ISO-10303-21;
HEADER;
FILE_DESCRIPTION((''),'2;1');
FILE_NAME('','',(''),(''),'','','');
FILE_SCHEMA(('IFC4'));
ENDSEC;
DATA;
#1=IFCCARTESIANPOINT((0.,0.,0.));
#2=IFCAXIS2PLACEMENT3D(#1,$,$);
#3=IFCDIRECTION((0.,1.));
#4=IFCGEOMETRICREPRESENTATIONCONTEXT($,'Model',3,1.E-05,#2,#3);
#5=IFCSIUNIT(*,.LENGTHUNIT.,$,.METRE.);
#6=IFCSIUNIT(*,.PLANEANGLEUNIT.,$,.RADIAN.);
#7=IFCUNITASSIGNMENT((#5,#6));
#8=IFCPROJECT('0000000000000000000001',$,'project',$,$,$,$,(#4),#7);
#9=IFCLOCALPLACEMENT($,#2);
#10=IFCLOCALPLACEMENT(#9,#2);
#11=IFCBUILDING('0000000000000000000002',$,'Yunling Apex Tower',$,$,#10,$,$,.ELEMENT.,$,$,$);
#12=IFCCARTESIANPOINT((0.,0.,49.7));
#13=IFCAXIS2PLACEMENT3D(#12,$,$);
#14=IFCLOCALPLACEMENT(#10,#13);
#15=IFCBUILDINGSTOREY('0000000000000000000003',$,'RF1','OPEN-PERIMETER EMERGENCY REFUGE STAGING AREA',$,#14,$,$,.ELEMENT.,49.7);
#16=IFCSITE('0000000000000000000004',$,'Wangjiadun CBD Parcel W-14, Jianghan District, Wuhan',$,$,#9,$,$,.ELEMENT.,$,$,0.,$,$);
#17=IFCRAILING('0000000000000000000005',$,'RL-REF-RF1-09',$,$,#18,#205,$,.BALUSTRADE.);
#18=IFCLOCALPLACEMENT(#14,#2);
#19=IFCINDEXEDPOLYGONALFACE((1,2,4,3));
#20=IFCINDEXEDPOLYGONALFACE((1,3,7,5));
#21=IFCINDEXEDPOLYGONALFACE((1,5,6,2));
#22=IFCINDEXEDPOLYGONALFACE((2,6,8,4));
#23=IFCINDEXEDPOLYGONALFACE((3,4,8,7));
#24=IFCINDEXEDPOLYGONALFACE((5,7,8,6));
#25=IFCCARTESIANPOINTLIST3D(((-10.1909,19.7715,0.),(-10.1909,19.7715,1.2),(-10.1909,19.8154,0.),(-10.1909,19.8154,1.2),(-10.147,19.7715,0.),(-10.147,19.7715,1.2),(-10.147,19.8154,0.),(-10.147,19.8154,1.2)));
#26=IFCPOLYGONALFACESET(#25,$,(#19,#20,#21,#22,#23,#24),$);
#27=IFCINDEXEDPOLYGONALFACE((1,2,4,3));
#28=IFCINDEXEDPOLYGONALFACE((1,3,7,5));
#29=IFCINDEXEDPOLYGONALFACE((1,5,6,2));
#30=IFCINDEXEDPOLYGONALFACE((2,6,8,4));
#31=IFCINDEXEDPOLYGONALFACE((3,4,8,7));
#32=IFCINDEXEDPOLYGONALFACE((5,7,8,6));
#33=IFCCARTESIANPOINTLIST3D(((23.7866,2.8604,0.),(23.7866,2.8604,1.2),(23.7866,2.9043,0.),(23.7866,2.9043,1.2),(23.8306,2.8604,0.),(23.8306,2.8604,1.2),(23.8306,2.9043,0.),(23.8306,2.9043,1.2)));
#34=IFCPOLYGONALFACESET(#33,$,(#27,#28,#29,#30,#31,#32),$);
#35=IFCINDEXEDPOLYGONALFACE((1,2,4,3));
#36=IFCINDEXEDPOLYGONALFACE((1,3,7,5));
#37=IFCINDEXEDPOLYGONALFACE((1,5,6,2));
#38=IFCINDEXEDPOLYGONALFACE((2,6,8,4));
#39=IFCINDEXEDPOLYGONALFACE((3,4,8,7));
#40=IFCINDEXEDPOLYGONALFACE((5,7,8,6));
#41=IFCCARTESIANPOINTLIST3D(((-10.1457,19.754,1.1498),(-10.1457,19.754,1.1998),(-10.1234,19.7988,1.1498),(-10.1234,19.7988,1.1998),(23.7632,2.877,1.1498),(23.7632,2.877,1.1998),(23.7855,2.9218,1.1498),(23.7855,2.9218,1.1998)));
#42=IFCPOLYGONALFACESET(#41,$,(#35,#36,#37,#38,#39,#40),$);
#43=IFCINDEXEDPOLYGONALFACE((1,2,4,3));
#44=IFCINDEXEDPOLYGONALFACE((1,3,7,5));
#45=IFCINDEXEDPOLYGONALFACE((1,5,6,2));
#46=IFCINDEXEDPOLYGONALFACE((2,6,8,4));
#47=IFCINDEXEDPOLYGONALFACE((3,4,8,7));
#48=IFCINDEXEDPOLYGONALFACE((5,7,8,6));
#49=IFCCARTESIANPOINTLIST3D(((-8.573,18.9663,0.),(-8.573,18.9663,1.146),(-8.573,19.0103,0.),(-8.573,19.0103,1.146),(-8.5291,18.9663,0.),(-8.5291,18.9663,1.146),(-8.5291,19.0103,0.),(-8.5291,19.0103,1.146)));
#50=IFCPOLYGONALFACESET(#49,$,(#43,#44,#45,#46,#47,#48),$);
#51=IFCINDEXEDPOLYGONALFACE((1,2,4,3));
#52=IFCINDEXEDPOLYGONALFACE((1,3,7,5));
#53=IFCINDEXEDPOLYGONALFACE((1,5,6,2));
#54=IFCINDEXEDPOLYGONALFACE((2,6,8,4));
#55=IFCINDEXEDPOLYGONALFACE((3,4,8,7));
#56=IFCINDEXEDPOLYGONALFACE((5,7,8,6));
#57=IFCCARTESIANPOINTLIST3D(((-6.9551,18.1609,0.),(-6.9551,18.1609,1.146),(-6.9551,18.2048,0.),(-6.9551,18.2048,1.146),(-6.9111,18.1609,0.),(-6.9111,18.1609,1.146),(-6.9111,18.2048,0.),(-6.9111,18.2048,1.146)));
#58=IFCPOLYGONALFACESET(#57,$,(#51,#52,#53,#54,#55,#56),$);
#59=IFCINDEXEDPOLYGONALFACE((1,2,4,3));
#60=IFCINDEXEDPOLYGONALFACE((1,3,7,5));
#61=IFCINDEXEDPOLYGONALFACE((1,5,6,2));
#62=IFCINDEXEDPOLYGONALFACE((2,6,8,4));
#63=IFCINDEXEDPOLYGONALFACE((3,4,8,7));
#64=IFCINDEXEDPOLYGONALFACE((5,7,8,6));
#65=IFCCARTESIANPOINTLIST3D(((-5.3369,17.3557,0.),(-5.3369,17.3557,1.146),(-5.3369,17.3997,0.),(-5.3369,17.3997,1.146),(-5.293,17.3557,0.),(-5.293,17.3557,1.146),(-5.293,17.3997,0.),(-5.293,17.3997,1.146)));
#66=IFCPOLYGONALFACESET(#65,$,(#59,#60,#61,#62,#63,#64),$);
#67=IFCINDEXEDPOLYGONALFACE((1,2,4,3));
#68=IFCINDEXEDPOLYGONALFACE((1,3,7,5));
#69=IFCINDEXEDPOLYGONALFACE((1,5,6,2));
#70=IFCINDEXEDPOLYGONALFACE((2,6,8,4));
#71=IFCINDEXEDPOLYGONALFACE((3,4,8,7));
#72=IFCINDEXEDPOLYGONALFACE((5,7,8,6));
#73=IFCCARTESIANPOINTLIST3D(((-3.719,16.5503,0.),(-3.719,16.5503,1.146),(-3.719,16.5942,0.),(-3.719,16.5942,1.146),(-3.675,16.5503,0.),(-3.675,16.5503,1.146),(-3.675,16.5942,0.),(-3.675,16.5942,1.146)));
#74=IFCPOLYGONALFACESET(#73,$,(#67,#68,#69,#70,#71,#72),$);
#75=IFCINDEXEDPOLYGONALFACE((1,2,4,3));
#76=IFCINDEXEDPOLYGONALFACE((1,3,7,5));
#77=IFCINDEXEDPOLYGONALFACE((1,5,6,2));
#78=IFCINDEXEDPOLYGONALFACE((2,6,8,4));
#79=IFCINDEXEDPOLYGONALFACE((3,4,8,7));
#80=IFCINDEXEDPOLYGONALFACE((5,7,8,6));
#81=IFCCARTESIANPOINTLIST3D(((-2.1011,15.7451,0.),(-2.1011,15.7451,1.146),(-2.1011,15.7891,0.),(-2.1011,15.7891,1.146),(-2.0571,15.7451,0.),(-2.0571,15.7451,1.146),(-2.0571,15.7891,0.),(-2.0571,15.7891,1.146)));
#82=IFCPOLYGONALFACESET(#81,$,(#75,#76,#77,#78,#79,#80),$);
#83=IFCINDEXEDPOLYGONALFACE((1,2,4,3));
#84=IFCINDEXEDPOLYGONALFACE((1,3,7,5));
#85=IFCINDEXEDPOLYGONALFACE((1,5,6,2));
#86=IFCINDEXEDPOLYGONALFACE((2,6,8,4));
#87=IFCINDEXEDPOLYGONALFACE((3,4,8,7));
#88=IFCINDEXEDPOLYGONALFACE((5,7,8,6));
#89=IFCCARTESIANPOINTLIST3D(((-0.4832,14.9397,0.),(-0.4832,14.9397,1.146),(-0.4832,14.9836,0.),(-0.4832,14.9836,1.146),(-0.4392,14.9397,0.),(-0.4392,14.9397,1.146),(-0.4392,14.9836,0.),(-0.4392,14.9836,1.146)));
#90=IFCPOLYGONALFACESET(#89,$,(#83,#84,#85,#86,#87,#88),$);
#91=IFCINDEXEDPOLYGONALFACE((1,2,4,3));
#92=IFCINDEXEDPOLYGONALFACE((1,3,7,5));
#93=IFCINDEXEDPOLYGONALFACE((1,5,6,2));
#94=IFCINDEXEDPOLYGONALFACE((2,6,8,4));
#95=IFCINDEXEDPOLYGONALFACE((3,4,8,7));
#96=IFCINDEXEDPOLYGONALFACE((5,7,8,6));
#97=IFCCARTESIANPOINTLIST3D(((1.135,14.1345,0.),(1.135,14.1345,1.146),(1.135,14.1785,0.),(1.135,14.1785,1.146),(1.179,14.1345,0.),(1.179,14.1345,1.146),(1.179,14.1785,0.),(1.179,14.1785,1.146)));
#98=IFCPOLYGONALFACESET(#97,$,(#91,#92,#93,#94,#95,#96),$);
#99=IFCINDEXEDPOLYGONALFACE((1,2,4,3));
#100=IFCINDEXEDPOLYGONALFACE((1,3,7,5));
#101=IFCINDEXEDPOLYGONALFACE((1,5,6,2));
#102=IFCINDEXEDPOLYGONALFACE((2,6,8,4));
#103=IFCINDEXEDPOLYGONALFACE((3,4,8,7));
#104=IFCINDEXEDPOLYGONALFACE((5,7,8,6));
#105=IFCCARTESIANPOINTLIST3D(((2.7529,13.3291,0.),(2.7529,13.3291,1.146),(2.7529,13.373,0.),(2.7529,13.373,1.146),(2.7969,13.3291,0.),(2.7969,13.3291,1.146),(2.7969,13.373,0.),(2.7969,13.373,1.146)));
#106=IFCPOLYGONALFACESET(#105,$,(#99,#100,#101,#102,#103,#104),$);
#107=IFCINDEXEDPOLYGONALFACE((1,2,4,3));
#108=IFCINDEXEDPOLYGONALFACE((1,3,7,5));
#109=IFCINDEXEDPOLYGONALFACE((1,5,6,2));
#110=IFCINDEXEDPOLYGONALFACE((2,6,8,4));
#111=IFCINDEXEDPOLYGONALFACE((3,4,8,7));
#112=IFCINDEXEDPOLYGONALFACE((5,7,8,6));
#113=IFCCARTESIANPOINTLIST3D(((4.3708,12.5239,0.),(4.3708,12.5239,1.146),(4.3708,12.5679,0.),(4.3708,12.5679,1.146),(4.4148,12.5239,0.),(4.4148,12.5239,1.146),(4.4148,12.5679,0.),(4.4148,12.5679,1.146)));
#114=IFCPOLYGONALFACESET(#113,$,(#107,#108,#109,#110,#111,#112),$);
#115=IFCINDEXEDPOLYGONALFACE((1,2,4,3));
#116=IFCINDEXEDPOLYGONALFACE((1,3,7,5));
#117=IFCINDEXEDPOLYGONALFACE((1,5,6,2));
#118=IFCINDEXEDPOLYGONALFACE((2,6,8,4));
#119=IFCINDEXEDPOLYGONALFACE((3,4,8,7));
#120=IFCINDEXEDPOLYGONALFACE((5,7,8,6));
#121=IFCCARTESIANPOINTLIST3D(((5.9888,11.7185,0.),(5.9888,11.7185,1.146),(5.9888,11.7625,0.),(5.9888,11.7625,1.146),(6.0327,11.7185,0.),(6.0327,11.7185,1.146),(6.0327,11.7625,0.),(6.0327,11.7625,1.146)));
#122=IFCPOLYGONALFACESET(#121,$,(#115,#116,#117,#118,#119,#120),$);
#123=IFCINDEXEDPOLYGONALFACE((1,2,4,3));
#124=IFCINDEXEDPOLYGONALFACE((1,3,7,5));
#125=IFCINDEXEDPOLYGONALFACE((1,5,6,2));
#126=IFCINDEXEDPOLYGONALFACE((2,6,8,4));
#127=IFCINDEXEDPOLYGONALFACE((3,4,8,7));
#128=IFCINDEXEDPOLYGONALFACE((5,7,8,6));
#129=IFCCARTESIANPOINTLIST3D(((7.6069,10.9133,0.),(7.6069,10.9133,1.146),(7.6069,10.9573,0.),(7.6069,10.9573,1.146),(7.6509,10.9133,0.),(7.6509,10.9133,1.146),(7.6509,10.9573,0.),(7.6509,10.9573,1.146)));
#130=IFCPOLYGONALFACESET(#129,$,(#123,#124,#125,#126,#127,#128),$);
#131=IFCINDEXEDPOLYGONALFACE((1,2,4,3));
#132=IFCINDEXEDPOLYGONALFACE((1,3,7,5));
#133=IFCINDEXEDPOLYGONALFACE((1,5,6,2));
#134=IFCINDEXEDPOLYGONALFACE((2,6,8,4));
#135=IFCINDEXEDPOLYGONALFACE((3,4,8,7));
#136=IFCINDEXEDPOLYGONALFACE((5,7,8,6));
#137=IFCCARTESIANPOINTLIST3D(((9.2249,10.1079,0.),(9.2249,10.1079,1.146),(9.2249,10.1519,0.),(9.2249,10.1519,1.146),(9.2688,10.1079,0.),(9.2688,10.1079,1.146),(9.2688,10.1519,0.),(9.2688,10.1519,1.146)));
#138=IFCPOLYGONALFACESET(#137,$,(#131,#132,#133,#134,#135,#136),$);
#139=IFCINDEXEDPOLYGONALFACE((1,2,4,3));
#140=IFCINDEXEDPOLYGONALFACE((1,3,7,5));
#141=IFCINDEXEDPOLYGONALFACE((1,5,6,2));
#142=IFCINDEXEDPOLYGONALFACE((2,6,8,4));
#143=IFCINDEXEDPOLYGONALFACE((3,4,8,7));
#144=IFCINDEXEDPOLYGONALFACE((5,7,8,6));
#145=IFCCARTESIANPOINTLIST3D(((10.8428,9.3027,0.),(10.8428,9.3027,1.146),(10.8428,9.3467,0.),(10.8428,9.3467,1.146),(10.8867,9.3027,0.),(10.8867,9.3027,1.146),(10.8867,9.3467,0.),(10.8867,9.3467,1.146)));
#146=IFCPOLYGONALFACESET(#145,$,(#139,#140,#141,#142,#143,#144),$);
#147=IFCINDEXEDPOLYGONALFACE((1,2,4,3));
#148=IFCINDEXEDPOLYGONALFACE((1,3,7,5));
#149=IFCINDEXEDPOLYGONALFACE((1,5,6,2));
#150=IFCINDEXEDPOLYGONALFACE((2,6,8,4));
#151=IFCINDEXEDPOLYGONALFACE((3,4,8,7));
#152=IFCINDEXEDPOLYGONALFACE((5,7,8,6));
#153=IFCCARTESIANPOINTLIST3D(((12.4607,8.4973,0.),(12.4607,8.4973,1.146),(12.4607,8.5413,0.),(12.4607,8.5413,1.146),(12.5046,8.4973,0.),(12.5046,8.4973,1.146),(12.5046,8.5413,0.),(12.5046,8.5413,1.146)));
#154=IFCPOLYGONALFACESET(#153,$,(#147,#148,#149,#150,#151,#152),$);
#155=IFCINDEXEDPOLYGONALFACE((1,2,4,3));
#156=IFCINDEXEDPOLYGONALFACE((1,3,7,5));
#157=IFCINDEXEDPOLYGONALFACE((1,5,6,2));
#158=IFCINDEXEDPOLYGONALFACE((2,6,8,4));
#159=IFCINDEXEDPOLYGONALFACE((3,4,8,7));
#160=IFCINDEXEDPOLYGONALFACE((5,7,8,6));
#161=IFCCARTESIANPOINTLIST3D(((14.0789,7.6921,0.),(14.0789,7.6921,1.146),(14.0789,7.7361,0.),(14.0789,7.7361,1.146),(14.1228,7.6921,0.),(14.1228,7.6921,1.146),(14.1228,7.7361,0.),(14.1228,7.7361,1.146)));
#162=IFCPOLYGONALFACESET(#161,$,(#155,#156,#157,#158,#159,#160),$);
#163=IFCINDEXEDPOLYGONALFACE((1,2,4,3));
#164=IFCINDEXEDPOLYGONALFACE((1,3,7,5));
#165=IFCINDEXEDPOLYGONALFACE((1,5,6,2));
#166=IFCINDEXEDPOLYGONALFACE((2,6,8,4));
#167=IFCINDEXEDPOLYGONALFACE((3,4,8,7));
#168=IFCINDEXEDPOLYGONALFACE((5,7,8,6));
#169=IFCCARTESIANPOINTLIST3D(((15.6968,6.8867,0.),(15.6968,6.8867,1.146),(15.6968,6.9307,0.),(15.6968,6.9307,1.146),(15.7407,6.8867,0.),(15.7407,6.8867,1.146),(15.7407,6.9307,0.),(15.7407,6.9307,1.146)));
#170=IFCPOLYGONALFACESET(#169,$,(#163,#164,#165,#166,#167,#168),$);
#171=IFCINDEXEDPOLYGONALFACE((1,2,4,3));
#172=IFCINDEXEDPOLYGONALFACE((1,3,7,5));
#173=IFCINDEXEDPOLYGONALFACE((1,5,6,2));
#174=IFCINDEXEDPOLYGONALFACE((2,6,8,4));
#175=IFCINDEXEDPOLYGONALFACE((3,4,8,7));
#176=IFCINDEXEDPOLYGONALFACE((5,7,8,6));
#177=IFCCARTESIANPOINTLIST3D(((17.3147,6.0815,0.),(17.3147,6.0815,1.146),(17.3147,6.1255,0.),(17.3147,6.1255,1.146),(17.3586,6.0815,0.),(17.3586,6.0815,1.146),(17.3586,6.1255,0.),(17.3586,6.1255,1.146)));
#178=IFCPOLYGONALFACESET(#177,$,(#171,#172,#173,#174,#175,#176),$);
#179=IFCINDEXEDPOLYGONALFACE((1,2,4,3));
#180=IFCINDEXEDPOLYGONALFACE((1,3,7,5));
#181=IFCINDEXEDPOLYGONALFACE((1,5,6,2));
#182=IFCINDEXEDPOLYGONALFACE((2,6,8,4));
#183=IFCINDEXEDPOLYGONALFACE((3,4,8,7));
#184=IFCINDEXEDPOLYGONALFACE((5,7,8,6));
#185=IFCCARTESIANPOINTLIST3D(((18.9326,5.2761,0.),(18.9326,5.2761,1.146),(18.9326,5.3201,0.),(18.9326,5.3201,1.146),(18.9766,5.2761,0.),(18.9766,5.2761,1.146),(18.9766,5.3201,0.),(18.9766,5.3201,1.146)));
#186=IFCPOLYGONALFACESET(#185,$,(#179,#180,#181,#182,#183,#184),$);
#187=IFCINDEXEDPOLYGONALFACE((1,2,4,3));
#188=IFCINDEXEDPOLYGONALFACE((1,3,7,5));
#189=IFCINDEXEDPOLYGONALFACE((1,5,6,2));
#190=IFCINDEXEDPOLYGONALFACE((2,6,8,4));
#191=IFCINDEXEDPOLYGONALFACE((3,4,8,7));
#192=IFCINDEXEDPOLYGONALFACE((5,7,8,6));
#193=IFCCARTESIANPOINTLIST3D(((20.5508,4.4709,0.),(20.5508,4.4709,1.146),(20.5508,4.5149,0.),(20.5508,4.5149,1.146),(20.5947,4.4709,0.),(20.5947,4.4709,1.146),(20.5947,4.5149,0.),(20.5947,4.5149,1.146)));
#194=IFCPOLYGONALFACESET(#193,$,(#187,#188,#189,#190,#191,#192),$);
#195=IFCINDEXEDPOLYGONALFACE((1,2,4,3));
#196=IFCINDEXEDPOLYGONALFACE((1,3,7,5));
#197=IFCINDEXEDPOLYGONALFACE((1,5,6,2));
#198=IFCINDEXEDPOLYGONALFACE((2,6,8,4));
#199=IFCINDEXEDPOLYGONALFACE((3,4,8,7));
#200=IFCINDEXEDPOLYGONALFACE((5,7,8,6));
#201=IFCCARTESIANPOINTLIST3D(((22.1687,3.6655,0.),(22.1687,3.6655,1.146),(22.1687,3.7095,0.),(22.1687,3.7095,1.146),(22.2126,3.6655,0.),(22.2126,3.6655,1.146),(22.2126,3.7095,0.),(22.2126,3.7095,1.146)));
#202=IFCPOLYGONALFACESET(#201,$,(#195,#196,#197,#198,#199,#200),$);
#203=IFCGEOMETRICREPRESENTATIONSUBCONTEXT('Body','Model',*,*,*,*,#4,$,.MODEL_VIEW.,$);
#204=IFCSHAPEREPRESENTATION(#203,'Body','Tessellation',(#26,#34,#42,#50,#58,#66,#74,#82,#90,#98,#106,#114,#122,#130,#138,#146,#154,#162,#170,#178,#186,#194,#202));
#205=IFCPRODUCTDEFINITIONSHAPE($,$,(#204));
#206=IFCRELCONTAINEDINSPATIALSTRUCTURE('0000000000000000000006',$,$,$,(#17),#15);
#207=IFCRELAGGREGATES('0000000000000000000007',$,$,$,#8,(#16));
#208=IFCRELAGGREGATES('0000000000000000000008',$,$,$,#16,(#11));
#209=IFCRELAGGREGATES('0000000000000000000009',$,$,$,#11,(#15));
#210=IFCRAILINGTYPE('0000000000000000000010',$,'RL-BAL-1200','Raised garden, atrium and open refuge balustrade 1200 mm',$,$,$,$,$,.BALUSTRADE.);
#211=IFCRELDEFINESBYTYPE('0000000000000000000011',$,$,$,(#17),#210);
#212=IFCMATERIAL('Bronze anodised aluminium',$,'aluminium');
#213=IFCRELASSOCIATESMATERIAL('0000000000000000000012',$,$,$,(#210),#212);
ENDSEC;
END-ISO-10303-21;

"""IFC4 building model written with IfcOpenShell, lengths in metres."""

from ifc_helpers import new_model, si_unit, direction, frame, origin, origin_2d, place, context, subcontext, project, spatial, rectangle, extrude, material, type_object, element, save


model = new_model("IFC4")

# Units and contexts
model_context = context("Model", 3, precision=1e-05, world=origin(), true_north=direction((0.0, 1.0)))
body_context = subcontext(model_context, "Body", "Model", "MODEL_VIEW")
ifc_project = project(units=[si_unit("LENGTHUNIT", "METRE"), si_unit("PLANEANGLEUNIT", "RADIAN")], contexts=[model_context])

# Site, building, storey
site_placement = place(None, origin())
site = spatial("IfcSite", under=ifc_project, at=site_placement, Name="Wangjiadun CBD Parcel W-14, Jianghan District, Wuhan", CompositionType="ELEMENT", RefElevation=0.0)
building_placement = place(site_placement, origin())
building = spatial("IfcBuilding", under=site, at=building_placement, Name="Yunling Apex Tower", CompositionType="ELEMENT")
storey_placement = place(building_placement, frame((0.0, 0.0, 49.7)))
storey = spatial("IfcBuildingStorey", under=building, at=storey_placement, Name="RF1", Description="OPEN-PERIMETER EMERGENCY REFUGE STAGING AREA", CompositionType="ELEMENT", Elevation=49.7)

# Railing
ifc_material_1 = material(Name="Bronze anodised aluminium", Category="aluminium")
railing_type = type_object("IfcRailingType", Name="RL-BAL-1200", Description="Raised garden, atrium and open refuge balustrade 1200 mm", PredefinedType="BALUSTRADE", material=ifc_material_1)
railing_1_placement = place(storey_placement, frame((-10.1689, 19.7935, 0.0)))
element("IfcRailing", 1, at=railing_1_placement, inside=storey, type_object=railing_type, Name="RL-REF-RF1-09", PredefinedType="BALUSTRADE", context=body_context, shape_type="SweptSolid", body=[
    extrude(rectangle(XDim=0.0439, YDim=0.0439, at=origin_2d()), origin(), (0.0, 0.0, 1.0), 1.2),
    extrude(rectangle(XDim=0.0439, YDim=0.0439, at=origin_2d()), frame((33.9775, -16.9111, 0.0)), (0.0, 0.0, 1.0), 1.2),
    extrude(rectangle(XDim=0.05, YDim=0.05, at=origin_2d()), frame((0.0344, -0.0171, 1.1748), z_axis=(0.895244, -0.445576, 0.0), x_axis=(0.445576, 0.895244, 0.0)), (0.0, 0.0, 1.0), 37.8767),
    extrude(rectangle(XDim=0.0439, YDim=0.0439, at=origin_2d()), frame((1.6179, -0.8052, 0.0)), (0.0, 0.0, 1.0), 1.146),
    extrude(rectangle(XDim=0.0439, YDim=0.0439, at=origin_2d()), frame((3.2358, -1.6106, 0.0)), (0.0, 0.0, 1.0), 1.146),
    extrude(rectangle(XDim=0.0439, YDim=0.0439, at=origin_2d()), frame((4.854, -2.4158, 0.0)), (0.0, 0.0, 1.0), 1.146),
    extrude(rectangle(XDim=0.0439, YDim=0.0439, at=origin_2d()), frame((6.4719, -3.2212, 0.0)), (0.0, 0.0, 1.0), 1.146),
    extrude(rectangle(XDim=0.0439, YDim=0.0439, at=origin_2d()), frame((8.0898, -4.0264, 0.0)), (0.0, 0.0, 1.0), 1.146),
    extrude(rectangle(XDim=0.0439, YDim=0.0439, at=origin_2d()), frame((9.7078, -4.8318, 0.0)), (0.0, 0.0, 1.0), 1.146),
    extrude(rectangle(XDim=0.0439, YDim=0.0439, at=origin_2d()), frame((11.3259, -5.637, 0.0)), (0.0, 0.0, 1.0), 1.146),
    extrude(rectangle(XDim=0.0439, YDim=0.0439, at=origin_2d()), frame((12.9438, -6.4424, 0.0)), (0.0, 0.0, 1.0), 1.146),
    extrude(rectangle(XDim=0.0439, YDim=0.0439, at=origin_2d()), frame((14.5618, -7.2476, 0.0)), (0.0, 0.0, 1.0), 1.146),
    extrude(rectangle(XDim=0.0439, YDim=0.0439, at=origin_2d()), frame((16.1797, -8.053, 0.0)), (0.0, 0.0, 1.0), 1.146),
    extrude(rectangle(XDim=0.0439, YDim=0.0439, at=origin_2d()), frame((17.7979, -8.8582, 0.0)), (0.0, 0.0, 1.0), 1.146),
    extrude(rectangle(XDim=0.0439, YDim=0.0439, at=origin_2d()), frame((19.4158, -9.6636, 0.0)), (0.0, 0.0, 1.0), 1.146),
    extrude(rectangle(XDim=0.0439, YDim=0.0439, at=origin_2d()), frame((21.0337, -10.4688, 0.0)), (0.0, 0.0, 1.0), 1.146),
    extrude(rectangle(XDim=0.0439, YDim=0.0439, at=origin_2d()), frame((22.6516, -11.2742, 0.0)), (0.0, 0.0, 1.0), 1.146),
    extrude(rectangle(XDim=0.0439, YDim=0.0439, at=origin_2d()), frame((24.2698, -12.0793, 0.0)), (0.0, 0.0, 1.0), 1.146),
    extrude(rectangle(XDim=0.0439, YDim=0.0439, at=origin_2d()), frame((25.8877, -12.8848, 0.0)), (0.0, 0.0, 1.0), 1.146),
    extrude(rectangle(XDim=0.0439, YDim=0.0439, at=origin_2d()), frame((27.5056, -13.6899, 0.0)), (0.0, 0.0, 1.0), 1.146),
    extrude(rectangle(XDim=0.0439, YDim=0.0439, at=origin_2d()), frame((29.1235, -14.4954, 0.0)), (0.0, 0.0, 1.0), 1.146),
    extrude(rectangle(XDim=0.0439, YDim=0.0439, at=origin_2d()), frame((30.7417, -15.3005, 0.0)), (0.0, 0.0, 1.0), 1.146),
    extrude(rectangle(XDim=0.0439, YDim=0.0439, at=origin_2d()), frame((32.3596, -16.106, 0.0)), (0.0, 0.0, 1.0), 1.146),
])

save(model, "model.ifc")
